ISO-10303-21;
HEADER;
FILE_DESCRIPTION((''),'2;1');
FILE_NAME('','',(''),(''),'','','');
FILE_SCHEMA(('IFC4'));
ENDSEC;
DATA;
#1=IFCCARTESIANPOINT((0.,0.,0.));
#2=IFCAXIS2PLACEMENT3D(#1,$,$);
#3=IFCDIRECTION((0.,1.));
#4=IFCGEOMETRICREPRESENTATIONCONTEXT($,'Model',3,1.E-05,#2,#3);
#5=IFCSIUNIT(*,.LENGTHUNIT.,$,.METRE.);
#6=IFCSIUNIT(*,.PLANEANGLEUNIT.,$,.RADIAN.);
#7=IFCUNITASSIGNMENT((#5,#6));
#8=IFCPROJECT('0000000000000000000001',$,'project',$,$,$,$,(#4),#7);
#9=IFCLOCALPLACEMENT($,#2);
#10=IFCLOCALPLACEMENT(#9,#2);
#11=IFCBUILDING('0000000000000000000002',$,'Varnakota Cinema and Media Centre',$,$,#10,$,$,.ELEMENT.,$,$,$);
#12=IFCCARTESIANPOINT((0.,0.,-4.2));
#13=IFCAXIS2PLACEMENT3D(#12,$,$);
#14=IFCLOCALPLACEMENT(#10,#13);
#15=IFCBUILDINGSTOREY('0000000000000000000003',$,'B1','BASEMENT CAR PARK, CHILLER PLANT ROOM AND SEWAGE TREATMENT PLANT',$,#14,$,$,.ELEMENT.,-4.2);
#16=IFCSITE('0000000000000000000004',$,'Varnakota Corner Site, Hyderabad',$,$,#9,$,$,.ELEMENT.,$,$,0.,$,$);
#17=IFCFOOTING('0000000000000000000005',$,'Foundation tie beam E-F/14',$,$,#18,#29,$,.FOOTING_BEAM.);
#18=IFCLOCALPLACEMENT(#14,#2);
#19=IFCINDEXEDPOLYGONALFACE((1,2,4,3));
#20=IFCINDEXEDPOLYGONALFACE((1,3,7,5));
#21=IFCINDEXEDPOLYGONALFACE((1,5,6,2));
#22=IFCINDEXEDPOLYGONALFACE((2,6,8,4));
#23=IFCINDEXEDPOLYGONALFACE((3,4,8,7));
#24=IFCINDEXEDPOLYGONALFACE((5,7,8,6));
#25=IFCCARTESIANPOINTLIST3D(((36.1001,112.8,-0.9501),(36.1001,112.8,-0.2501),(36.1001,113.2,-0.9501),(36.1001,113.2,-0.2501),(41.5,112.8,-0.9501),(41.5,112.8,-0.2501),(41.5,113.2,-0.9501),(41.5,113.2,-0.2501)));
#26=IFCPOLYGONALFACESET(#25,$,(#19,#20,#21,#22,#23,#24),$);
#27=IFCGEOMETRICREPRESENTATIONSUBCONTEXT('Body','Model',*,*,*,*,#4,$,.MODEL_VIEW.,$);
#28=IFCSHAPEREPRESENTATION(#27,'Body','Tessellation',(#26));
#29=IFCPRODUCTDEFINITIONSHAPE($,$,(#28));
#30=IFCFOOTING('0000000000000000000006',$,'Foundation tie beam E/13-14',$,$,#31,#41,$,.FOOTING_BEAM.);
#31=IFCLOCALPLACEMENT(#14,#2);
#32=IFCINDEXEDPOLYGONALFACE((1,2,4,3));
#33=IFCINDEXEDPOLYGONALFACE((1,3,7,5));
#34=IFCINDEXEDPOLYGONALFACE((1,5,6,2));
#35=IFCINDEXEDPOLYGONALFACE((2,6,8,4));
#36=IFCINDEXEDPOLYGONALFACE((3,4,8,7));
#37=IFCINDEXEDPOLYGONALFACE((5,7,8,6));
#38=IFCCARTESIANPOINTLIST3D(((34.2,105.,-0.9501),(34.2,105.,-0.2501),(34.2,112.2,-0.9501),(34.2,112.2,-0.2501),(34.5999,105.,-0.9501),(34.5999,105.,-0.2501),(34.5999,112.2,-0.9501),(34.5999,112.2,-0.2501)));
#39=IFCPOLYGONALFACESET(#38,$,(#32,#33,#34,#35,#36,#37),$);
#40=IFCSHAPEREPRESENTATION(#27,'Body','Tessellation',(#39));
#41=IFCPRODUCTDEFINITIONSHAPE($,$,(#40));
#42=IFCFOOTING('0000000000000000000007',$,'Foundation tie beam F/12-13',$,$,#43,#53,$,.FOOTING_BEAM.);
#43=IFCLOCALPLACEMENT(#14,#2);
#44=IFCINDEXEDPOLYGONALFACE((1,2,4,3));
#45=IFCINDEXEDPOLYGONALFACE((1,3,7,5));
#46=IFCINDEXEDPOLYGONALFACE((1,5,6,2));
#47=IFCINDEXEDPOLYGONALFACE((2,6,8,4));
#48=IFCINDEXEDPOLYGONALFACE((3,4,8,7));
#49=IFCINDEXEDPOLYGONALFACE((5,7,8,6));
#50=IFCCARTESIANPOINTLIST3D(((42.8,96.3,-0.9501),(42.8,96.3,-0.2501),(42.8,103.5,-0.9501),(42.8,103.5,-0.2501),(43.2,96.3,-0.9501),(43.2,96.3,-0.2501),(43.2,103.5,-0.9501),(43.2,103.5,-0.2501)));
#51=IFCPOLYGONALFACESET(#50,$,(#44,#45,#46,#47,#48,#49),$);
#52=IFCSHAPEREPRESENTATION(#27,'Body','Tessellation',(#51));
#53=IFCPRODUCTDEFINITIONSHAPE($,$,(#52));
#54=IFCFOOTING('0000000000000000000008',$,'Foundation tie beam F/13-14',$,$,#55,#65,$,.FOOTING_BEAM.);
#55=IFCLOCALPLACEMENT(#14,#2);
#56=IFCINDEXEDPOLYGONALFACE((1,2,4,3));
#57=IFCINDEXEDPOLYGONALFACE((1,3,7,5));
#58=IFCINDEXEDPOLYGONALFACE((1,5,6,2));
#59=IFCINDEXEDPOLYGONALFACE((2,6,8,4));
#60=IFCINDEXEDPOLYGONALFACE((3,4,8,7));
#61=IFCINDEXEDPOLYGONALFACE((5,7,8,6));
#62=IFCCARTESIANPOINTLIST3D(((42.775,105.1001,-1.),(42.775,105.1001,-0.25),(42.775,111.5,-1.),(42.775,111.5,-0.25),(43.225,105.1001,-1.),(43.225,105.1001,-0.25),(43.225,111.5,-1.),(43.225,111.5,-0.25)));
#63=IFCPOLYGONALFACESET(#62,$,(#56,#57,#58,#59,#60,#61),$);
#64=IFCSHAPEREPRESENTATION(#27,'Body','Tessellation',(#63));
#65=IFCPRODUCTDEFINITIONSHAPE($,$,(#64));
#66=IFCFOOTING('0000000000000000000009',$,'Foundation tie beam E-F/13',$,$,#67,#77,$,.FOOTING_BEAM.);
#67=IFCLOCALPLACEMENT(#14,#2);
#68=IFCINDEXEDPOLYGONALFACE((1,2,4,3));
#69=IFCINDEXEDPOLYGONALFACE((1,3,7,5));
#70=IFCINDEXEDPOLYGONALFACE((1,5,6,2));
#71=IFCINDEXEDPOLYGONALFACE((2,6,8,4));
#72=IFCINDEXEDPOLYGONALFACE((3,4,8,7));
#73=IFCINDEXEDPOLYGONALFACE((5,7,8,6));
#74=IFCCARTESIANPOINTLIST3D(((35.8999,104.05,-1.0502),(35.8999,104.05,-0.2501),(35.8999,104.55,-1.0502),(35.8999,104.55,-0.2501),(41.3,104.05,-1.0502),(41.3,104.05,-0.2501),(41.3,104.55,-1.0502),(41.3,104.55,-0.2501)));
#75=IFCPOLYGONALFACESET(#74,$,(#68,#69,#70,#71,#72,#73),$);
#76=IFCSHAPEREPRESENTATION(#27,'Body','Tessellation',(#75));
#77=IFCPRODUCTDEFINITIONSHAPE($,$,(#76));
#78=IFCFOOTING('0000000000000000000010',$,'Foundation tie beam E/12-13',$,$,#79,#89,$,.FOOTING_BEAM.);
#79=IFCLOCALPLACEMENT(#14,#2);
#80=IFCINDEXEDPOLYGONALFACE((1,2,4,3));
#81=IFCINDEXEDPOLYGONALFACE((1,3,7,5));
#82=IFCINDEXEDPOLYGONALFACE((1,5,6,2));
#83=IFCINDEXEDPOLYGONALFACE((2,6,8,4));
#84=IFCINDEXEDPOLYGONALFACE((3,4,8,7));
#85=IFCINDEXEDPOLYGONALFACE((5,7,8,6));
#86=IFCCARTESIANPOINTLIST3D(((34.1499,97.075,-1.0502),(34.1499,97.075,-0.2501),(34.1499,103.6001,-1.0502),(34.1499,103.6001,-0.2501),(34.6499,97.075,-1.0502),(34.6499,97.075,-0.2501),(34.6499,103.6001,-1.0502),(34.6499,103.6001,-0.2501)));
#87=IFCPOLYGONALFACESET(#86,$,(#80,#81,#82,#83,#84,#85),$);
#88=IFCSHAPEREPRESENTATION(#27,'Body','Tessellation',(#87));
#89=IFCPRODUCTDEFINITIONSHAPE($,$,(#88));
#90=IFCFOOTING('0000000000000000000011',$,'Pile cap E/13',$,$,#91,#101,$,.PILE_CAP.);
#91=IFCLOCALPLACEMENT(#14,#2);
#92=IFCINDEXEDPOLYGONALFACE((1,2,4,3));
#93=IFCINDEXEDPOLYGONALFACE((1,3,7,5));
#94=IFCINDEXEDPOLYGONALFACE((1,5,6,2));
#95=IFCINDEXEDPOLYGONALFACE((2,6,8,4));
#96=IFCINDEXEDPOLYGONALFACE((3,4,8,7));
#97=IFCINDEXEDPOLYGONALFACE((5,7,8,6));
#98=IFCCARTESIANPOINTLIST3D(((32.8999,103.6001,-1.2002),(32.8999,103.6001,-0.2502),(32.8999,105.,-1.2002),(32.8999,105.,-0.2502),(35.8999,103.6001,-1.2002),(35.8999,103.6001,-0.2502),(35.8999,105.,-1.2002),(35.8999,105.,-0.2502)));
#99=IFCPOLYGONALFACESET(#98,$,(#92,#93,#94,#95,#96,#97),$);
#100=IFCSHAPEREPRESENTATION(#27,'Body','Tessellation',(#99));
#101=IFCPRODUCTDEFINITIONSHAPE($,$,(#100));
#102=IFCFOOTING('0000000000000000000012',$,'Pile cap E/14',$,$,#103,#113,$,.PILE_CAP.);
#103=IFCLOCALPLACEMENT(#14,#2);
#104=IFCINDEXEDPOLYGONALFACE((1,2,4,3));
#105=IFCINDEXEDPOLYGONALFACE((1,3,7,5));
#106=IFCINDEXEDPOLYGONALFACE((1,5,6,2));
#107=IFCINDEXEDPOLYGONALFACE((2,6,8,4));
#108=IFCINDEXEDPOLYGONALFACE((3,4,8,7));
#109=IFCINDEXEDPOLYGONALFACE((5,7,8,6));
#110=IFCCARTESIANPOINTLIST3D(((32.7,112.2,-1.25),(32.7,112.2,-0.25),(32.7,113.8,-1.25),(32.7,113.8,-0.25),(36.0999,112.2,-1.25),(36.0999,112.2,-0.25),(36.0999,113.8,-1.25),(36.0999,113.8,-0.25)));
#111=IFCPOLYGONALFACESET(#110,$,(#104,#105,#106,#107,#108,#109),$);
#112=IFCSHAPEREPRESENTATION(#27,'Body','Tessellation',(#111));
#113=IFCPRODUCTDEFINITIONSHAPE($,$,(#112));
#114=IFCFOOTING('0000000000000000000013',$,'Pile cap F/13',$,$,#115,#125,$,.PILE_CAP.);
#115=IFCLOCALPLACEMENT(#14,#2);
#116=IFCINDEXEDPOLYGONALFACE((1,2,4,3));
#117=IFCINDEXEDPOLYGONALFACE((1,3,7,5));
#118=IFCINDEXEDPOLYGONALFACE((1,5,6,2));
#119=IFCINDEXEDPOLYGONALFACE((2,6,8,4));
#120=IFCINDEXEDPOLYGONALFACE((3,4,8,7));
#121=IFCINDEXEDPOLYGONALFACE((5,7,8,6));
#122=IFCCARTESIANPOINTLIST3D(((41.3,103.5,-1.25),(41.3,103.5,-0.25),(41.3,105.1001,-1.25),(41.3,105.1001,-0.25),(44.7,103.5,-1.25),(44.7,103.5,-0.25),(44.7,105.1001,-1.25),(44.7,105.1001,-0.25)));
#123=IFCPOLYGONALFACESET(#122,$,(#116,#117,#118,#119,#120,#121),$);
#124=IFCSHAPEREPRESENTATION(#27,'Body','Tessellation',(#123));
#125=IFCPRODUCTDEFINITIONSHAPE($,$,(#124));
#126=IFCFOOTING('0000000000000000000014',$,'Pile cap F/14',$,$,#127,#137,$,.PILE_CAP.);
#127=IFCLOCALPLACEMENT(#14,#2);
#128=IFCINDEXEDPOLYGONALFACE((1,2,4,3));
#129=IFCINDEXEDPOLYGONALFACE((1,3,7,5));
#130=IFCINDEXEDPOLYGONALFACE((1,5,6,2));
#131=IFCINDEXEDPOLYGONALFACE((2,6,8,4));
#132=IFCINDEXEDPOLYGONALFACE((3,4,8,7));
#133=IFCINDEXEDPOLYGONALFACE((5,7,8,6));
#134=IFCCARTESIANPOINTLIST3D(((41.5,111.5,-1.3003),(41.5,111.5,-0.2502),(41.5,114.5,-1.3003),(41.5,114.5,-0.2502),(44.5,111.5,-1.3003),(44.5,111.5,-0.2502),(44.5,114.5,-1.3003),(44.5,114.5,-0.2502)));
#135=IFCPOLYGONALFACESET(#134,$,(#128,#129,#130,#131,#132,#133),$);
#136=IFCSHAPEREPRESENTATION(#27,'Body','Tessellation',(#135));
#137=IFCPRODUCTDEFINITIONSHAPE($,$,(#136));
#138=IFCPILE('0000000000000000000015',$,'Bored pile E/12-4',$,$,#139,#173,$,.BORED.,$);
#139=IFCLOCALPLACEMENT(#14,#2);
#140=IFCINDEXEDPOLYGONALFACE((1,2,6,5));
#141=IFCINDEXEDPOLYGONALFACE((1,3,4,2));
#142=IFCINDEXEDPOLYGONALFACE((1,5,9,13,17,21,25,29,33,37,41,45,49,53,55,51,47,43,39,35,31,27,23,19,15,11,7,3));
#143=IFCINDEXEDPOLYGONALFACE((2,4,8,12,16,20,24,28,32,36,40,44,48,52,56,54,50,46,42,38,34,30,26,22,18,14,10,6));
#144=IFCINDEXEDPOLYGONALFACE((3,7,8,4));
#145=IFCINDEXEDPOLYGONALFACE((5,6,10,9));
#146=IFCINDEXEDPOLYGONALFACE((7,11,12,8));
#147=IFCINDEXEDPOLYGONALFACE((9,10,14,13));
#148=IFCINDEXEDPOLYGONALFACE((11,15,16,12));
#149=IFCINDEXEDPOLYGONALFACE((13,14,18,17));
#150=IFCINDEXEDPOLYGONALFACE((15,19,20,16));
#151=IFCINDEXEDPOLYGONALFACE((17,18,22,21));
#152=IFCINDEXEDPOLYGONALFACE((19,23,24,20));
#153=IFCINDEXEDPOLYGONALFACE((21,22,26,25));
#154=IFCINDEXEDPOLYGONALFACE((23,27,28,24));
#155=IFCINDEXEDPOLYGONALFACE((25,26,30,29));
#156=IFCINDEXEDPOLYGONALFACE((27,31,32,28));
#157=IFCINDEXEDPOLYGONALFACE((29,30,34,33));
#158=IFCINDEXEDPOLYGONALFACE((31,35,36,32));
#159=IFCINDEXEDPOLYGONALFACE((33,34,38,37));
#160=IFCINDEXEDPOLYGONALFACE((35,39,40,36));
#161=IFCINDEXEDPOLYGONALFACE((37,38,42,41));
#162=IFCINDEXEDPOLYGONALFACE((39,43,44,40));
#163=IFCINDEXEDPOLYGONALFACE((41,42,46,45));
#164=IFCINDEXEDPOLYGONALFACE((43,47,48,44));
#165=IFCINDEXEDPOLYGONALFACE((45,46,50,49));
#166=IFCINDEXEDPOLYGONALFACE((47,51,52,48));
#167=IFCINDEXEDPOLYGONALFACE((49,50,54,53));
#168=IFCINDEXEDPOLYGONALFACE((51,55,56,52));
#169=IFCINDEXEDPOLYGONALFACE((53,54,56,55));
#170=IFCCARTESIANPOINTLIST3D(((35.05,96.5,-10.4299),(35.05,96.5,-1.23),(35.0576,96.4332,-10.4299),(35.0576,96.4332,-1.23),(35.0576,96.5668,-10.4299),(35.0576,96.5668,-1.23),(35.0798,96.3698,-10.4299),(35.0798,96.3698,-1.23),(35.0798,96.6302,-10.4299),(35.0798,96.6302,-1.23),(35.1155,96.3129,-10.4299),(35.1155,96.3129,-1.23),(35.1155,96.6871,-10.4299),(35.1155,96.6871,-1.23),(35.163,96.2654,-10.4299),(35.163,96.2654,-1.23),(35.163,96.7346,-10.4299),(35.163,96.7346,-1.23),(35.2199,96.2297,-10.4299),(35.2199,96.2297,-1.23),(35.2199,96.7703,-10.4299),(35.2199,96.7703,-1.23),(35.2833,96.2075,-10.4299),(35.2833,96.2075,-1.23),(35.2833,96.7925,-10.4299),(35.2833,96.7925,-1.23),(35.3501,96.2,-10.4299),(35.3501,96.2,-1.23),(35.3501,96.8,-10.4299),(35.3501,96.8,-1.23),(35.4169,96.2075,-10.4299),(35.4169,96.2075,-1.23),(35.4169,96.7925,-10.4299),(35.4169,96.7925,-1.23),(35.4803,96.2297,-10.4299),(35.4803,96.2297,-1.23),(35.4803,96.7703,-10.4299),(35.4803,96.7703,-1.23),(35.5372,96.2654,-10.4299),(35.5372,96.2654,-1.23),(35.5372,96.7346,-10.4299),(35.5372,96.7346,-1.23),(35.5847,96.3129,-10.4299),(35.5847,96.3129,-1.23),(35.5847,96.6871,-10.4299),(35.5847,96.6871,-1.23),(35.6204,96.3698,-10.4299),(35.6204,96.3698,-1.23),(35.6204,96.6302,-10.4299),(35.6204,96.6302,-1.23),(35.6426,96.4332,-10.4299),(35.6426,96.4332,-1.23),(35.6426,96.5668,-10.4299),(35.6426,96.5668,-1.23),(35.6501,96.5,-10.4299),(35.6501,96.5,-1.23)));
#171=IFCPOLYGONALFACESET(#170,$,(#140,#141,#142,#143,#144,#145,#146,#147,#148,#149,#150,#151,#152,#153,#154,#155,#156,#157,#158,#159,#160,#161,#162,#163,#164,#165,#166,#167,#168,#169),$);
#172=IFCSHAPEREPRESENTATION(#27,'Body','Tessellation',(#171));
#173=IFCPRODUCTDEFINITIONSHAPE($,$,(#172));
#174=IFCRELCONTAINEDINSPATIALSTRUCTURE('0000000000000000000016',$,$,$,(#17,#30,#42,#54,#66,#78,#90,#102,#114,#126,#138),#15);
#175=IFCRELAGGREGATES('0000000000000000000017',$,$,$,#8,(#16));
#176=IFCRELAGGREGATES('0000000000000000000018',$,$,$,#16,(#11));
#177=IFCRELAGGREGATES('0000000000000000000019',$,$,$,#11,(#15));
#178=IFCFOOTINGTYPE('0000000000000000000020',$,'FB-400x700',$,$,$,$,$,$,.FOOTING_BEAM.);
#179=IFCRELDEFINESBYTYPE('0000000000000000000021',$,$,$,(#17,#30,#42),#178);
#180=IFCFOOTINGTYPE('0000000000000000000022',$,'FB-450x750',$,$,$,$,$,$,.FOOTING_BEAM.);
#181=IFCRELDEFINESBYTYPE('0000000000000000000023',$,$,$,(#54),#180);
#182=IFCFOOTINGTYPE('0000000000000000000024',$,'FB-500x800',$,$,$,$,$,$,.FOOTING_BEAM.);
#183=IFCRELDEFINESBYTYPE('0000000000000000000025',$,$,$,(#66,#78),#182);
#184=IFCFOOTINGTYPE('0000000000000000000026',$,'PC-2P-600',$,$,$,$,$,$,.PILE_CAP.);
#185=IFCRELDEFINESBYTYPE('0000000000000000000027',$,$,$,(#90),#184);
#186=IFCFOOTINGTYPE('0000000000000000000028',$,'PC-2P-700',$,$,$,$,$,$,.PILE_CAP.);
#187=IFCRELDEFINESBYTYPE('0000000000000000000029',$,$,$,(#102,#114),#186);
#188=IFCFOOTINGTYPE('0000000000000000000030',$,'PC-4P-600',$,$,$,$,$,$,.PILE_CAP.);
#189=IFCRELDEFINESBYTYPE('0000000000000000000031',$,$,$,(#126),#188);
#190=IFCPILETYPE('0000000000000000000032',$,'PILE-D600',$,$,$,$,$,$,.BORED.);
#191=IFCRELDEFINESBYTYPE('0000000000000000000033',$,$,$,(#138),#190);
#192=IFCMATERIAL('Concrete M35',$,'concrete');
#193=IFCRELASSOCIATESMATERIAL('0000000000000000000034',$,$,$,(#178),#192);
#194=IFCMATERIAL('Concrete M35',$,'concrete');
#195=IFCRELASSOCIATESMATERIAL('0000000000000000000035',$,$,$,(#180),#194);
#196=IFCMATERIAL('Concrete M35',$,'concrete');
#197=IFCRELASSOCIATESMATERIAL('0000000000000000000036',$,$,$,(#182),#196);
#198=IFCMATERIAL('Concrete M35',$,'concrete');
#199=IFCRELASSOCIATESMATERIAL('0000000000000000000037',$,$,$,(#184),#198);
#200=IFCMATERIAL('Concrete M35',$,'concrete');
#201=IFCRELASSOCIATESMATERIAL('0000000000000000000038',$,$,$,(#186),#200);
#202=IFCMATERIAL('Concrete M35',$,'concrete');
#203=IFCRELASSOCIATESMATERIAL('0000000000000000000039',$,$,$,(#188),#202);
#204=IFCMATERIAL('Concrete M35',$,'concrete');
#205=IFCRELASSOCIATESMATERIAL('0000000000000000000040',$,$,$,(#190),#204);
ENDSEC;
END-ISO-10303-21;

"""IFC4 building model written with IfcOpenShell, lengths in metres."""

from ifc_helpers import new_model, si_unit, direction, frame, origin, origin_2d, place, context, subcontext, project, spatial, rectangle, circle, extrude, material, material_profile, profile_set, type_object, element, save


model = new_model("IFC4")

# Units and contexts
model_context = context("Model", 3, precision=1e-05, world=origin(), true_north=direction((0.0, 1.0)))
body_context = subcontext(model_context, "Body", "Model", "MODEL_VIEW")
ifc_project = project(units=[si_unit("LENGTHUNIT", "METRE"), si_unit("PLANEANGLEUNIT", "RADIAN")], contexts=[model_context])

# Site, building, storey
site_placement = place(None, origin())
site = spatial("IfcSite", under=ifc_project, at=site_placement, Name="Varnakota Corner Site, Hyderabad", CompositionType="ELEMENT", RefElevation=0.0)
building_placement = place(site_placement, origin())
building = spatial("IfcBuilding", under=site, at=building_placement, Name="Varnakota Cinema and Media Centre", CompositionType="ELEMENT")
storey_placement = place(building_placement, frame((0.0, 0.0, -4.2)))
storey = spatial("IfcBuildingStorey", under=building, at=storey_placement, Name="B1", Description="BASEMENT CAR PARK, CHILLER PLANT ROOM AND SEWAGE TREATMENT PLANT", CompositionType="ELEMENT", Elevation=-4.2)

# Footings
ifc_material_1 = material(Name="Concrete M35", Category="concrete")
ifc_material_profile_1 = material_profile(ifc_material_1, rectangle(XDim=0.3999, YDim=0.7, at=origin_2d()), Name="FB 400x700")
ifc_profile_set_1 = profile_set([ifc_material_profile_1], Name="Concrete M35")
footing_type_1 = type_object("IfcFootingType", Name="FB-400x700", PredefinedType="FOOTING_BEAM", material=ifc_profile_set_1)
footing_1_placement = place(storey_placement, frame((36.1001, 113.0, -0.6001), z_axis=(1.0, 0.0, 0.0), x_axis=(0.0, 1.0, 0.0)))
element("IfcFooting", 1, at=footing_1_placement, inside=storey, type_object=footing_type_1, Name="Foundation tie beam E-F/14", PredefinedType="FOOTING_BEAM", context=body_context, shape_type="SweptSolid", body=[
    extrude(rectangle(XDim=0.3999, YDim=0.7, at=origin_2d()), origin(), (0.0, 0.0, 1.0), 5.3999),
])
for number, where, z_axis, x_axis, name in (
    (2, (34.3999, 105.0, -0.6001), (0.0, 1.0, 0.0), (-1.0, 0.0, 0.0), "Foundation tie beam E/13-14"),
    (3, (43.0, 96.3, -0.6001), (0.0, 1.0, 0.0), (-1.0, 0.0, 0.0), "Foundation tie beam F/12-13"),
):
    element("IfcFooting", number, at=place(storey_placement, frame(where, z_axis=z_axis, x_axis=x_axis)), inside=storey, type_object=footing_type_1, Name=name, PredefinedType="FOOTING_BEAM", context=body_context, shape_type="SweptSolid", body=[
        extrude(rectangle(XDim=0.3999, YDim=0.7, at=origin_2d()), origin(), (0.0, 0.0, 1.0), 7.2),
    ])
ifc_material_2 = material(Name="Concrete M35", Category="concrete")
ifc_material_profile_2 = material_profile(ifc_material_2, rectangle(XDim=0.45, YDim=0.75, at=origin_2d()), Name="FB 450x750")
ifc_profile_set_2 = profile_set([ifc_material_profile_2], Name="Concrete M35")
footing_type_2 = type_object("IfcFootingType", Name="FB-450x750", PredefinedType="FOOTING_BEAM", material=ifc_profile_set_2)
footing_2_placement = place(storey_placement, frame((43.0, 105.1001, -0.625), z_axis=(0.0, 1.0, 0.0), x_axis=(-1.0, 0.0, 0.0)))
element("IfcFooting", 4, at=footing_2_placement, inside=storey, type_object=footing_type_2, Name="Foundation tie beam F/13-14", PredefinedType="FOOTING_BEAM", context=body_context, shape_type="SweptSolid", body=[
    extrude(rectangle(XDim=0.45, YDim=0.75, at=origin_2d()), origin(), (0.0, 0.0, 1.0), 6.3999),
])
ifc_material_3 = material(Name="Concrete M35", Category="concrete")
ifc_material_profile_3 = material_profile(ifc_material_3, rectangle(XDim=0.5, YDim=0.8, at=origin_2d()), Name="FB 500x800")
ifc_profile_set_3 = profile_set([ifc_material_profile_3], Name="Concrete M35")
footing_type_3 = type_object("IfcFootingType", Name="FB-500x800", PredefinedType="FOOTING_BEAM", material=ifc_profile_set_3)
footing_3_placement = place(storey_placement, frame((35.8999, 104.3, -0.6501), z_axis=(1.0, 0.0, 0.0), x_axis=(0.0, 1.0, 0.0)))
element("IfcFooting", 5, at=footing_3_placement, inside=storey, type_object=footing_type_3, Name="Foundation tie beam E-F/13", PredefinedType="FOOTING_BEAM", context=body_context, shape_type="SweptSolid", body=[
    extrude(rectangle(XDim=0.5, YDim=0.8, at=origin_2d()), origin(), (0.0, 0.0, 1.0), 5.4001),
])
footing_4_placement = place(storey_placement, frame((34.3999, 97.075, -0.6501), z_axis=(0.0, 1.0, 0.0), x_axis=(-1.0, 0.0, 0.0)))
element("IfcFooting", 6, at=footing_4_placement, inside=storey, type_object=footing_type_3, Name="Foundation tie beam E/12-13", PredefinedType="FOOTING_BEAM", context=body_context, shape_type="SweptSolid", body=[
    extrude(rectangle(XDim=0.5, YDim=0.8, at=origin_2d()), origin(), (0.0, 0.0, 1.0), 6.5251),
])
ifc_material_4 = material(Name="Concrete M35", Category="concrete")
footing_type_4 = type_object("IfcFootingType", Name="PC-2P-600", PredefinedType="PILE_CAP", material=ifc_material_4)
footing_5_placement = place(storey_placement, frame((34.3999, 104.3, -1.2002), z_axis=(0.0, 0.0, 1.0), x_axis=(1.0, 0.0, 0.0)))
element("IfcFooting", 7, at=footing_5_placement, inside=storey, type_object=footing_type_4, Name="Pile cap E/13", PredefinedType="PILE_CAP", context=body_context, shape_type="SweptSolid", body=[
    extrude(rectangle(XDim=3.0, YDim=1.3999, at=origin_2d()), origin(), (0.0, 0.0, 1.0), 0.95),
])
ifc_material_5 = material(Name="Concrete M35", Category="concrete")
footing_type_5 = type_object("IfcFootingType", Name="PC-2P-700", PredefinedType="PILE_CAP", material=ifc_material_5)
for number, where, z_axis, x_axis, name in (
    (8, (34.3999, 113.0, -1.25), (0.0, 0.0, 1.0), (1.0, 0.0, 0.0), "Pile cap E/14"),
    (9, (43.0, 104.3, -1.25), (0.0, 0.0, 1.0), (1.0, 0.0, 0.0), "Pile cap F/13"),
):
    element("IfcFooting", number, at=place(storey_placement, frame(where, z_axis=z_axis, x_axis=x_axis)), inside=storey, type_object=footing_type_5, Name=name, PredefinedType="PILE_CAP", context=body_context, shape_type="SweptSolid", body=[
        extrude(rectangle(XDim=3.3999, YDim=1.6001, at=origin_2d()), origin(), (0.0, 0.0, 1.0), 1.0),
    ])
ifc_material_6 = material(Name="Concrete M35", Category="concrete")
footing_type_6 = type_object("IfcFootingType", Name="PC-4P-600", PredefinedType="PILE_CAP", material=ifc_material_6)
footing_6_placement = place(storey_placement, frame((43.0, 113.0, -1.3003), z_axis=(0.0, 0.0, 1.0), x_axis=(1.0, 0.0, 0.0)))
element("IfcFooting", 10, at=footing_6_placement, inside=storey, type_object=footing_type_6, Name="Pile cap F/14", PredefinedType="PILE_CAP", context=body_context, shape_type="SweptSolid", body=[
    extrude(rectangle(XDim=3.0, YDim=3.0, at=origin_2d()), origin(), (0.0, 0.0, 1.0), 1.05),
])

# Pile
ifc_material_7 = material(Name="Concrete M35", Category="concrete")
ifc_material_profile_4 = material_profile(ifc_material_7, circle(Radius=0.3, at=origin_2d()), Name="PILE D600")
ifc_profile_set_4 = profile_set([ifc_material_profile_4], Name="Concrete M35")
pile_type_1 = type_object("IfcPileType", Name="PILE-D600", PredefinedType="BORED", material=ifc_profile_set_4)
for number, where, z_axis, x_axis, name in (
    (11, (35.3501, 96.5, -1.23), (0.0, 0.0, -1.0), (1.0, 0.0, 0.0), "Bored pile E/12-4"),
):
    element("IfcPile", number, at=place(storey_placement, frame(where, z_axis=z_axis, x_axis=x_axis)), inside=storey, type_object=pile_type_1, Name=name, PredefinedType="BORED", context=body_context, shape_type="SweptSolid", body=[
        extrude(circle(Radius=0.3, at=origin_2d()), origin(), (0.0, 0.0, 1.0), 9.2),
    ])

save(model, "model.ifc")
